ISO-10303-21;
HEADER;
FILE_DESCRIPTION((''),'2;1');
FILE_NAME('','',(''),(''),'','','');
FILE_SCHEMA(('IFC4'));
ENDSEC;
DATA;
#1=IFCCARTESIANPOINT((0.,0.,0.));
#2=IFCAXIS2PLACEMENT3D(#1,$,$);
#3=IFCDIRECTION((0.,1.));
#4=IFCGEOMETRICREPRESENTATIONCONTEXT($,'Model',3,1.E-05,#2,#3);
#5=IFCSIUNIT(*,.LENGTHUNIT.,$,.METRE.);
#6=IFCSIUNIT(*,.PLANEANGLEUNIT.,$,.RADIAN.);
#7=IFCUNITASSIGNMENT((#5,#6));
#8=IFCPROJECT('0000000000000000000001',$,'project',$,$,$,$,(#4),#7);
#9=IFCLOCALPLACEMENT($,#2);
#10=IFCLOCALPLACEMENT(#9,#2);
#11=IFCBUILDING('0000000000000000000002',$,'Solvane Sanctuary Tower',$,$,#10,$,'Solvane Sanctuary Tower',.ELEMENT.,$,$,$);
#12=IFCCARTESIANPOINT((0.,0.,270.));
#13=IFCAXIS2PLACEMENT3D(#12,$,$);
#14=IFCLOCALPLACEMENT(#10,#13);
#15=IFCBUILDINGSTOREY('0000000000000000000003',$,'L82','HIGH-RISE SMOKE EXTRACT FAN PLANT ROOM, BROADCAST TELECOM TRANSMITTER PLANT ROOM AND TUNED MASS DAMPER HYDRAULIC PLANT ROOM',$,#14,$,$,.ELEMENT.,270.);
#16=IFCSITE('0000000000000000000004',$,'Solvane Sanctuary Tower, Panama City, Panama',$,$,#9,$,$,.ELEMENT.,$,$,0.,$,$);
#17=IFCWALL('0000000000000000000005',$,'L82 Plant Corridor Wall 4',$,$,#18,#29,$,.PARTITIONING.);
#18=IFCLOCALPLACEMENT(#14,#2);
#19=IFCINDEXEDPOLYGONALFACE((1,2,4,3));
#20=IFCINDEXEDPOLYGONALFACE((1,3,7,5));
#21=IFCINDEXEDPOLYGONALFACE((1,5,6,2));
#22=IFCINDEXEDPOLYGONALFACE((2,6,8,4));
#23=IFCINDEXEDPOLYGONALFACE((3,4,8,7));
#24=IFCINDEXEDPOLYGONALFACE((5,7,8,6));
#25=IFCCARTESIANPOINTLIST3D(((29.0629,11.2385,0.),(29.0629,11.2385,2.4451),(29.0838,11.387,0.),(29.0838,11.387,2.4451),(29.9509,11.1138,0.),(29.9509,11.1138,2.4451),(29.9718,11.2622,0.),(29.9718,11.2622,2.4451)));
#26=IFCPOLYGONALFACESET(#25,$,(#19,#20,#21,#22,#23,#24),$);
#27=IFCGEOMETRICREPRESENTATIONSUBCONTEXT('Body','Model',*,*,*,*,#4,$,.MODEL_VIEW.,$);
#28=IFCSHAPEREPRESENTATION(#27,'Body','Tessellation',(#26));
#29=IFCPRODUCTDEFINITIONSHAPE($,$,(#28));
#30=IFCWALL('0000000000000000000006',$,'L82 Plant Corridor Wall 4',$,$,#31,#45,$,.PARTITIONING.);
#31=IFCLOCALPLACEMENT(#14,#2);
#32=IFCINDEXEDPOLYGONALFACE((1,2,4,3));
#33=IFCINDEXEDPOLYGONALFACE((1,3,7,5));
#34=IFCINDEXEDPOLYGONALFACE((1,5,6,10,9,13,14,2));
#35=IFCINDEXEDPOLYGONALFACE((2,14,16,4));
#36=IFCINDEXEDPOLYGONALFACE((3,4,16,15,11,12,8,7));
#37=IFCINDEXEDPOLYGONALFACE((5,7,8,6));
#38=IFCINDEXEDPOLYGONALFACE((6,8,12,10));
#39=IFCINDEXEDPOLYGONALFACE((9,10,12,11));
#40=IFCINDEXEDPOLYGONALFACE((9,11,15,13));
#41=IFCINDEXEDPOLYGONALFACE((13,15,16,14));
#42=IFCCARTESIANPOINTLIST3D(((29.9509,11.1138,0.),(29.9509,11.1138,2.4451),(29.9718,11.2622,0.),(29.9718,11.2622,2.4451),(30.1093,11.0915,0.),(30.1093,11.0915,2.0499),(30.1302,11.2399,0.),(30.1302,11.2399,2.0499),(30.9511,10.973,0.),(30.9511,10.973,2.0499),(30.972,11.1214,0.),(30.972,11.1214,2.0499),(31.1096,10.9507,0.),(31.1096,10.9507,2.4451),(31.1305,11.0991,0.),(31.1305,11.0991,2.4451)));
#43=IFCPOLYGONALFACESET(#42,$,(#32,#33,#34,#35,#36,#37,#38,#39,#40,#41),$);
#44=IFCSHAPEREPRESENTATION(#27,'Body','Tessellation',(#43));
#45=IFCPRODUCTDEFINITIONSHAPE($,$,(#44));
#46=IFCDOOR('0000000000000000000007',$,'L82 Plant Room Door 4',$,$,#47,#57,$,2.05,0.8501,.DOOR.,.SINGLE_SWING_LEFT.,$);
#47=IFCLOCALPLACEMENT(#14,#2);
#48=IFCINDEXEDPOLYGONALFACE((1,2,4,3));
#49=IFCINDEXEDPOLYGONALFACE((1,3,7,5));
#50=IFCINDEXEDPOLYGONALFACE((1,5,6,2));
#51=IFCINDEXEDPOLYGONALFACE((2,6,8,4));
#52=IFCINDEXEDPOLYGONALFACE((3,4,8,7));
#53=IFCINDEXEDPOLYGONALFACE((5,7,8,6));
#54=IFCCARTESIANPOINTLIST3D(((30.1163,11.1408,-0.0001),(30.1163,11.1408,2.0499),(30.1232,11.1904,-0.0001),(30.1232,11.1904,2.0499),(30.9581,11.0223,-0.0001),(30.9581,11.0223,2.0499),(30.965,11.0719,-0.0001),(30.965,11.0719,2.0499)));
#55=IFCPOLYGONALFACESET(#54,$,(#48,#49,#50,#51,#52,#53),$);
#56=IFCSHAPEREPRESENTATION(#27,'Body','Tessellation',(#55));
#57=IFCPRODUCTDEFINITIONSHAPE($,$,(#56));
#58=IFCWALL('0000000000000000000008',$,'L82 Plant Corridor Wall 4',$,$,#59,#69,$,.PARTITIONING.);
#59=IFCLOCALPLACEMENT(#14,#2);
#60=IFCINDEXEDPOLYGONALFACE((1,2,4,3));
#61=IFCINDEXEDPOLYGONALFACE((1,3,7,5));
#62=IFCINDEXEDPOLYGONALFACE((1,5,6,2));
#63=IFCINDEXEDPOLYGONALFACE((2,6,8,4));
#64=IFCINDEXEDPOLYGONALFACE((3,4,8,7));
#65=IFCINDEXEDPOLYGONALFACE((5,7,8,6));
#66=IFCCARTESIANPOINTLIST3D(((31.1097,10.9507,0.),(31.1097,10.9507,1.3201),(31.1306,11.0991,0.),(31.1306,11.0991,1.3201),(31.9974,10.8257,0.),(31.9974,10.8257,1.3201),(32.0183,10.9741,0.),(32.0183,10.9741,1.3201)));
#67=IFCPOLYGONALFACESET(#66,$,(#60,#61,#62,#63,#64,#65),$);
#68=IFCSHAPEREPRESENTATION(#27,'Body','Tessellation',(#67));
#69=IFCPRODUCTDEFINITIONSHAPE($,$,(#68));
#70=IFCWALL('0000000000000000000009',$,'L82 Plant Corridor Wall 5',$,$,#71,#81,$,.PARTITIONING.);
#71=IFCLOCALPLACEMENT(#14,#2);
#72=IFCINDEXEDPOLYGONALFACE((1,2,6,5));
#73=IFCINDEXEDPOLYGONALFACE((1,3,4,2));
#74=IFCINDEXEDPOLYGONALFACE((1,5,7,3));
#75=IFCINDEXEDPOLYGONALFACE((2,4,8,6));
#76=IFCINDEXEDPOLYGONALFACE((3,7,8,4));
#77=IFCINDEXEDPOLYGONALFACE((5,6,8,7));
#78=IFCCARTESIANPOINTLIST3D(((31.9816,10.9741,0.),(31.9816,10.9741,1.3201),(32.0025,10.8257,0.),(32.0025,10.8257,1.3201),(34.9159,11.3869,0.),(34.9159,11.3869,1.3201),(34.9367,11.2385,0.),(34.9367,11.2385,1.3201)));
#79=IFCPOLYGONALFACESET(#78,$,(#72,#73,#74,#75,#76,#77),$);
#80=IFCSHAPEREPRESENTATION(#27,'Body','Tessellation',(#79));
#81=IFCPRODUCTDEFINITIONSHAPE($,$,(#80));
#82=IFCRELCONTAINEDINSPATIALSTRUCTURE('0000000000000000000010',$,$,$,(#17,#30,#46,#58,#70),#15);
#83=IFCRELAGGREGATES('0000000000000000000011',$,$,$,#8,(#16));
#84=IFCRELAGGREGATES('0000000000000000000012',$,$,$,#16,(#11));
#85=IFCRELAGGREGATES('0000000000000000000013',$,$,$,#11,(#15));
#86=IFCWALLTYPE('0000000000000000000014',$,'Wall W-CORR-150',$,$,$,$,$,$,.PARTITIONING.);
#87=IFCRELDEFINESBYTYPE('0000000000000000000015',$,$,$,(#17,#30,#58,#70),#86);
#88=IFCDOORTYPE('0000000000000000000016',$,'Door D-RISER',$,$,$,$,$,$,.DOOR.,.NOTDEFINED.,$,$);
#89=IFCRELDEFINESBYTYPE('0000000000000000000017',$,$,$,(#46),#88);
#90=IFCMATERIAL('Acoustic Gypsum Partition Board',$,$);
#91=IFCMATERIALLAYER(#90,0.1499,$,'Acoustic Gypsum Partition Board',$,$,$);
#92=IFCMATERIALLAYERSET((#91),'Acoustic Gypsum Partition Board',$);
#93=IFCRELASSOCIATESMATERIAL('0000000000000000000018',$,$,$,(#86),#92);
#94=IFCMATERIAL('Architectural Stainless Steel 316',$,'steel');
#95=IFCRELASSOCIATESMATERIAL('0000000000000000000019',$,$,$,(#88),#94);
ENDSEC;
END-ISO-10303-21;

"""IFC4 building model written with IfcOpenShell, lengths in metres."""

from ifc_helpers import new_model, si_unit, direction, frame, frame_2d, origin, place, context, subcontext, project, spatial, rectangle, extrude, material, layer, layer_set, type_object, element, fill, save


model = new_model("IFC4")

# Units and contexts
model_context = context("Model", 3, precision=1e-05, world=origin(), true_north=direction((0.0, 1.0)))
body_context = subcontext(model_context, "Body", "Model", "MODEL_VIEW")
ifc_project = project(units=[si_unit("LENGTHUNIT", "METRE"), si_unit("PLANEANGLEUNIT", "RADIAN")], contexts=[model_context])

# Site, building, storey
site_placement = place(None, origin())
site = spatial("IfcSite", under=ifc_project, at=site_placement, Name="Solvane Sanctuary Tower, Panama City, Panama", CompositionType="ELEMENT", RefElevation=0.0)
building_placement = place(site_placement, origin())
building = spatial("IfcBuilding", under=site, at=building_placement, Name="Solvane Sanctuary Tower", LongName="Solvane Sanctuary Tower", CompositionType="ELEMENT")
storey_placement = place(building_placement, frame((0.0, 0.0, 270.0)))
storey = spatial("IfcBuildingStorey", under=building, at=storey_placement, Name="L82", Description="HIGH-RISE SMOKE EXTRACT FAN PLANT ROOM, BROADCAST TELECOM TRANSMITTER PLANT ROOM AND TUNED MASS DAMPER HYDRAULIC PLANT ROOM", CompositionType="ELEMENT", Elevation=270.0)

# Wall
ifc_material_1 = material(Name="Acoustic Gypsum Partition Board")
ifc_layer_1 = layer(ifc_material_1, 0.1499, Name="Acoustic Gypsum Partition Board")
ifc_layer_set_1 = layer_set([ifc_layer_1], Name="Acoustic Gypsum Partition Board")
wall_type = type_object("IfcWallType", Name="Wall W-CORR-150", PredefinedType="PARTITIONING", material=ifc_layer_set_1)
wall_1_placement = place(storey_placement, frame((29.0735, 11.3127, 0.0), z_axis=(0.0, 0.0, 1.0), x_axis=(0.990274, -0.139134, 0.0)))
element("IfcWall", 1, at=wall_1_placement, inside=storey, type_object=wall_type, Name="L82 Plant Corridor Wall 4", PredefinedType="PARTITIONING", context=body_context, shape_type="SweptSolid", body=[
    extrude(rectangle(XDim=0.8967, YDim=0.1499, at=frame_2d((0.4482, 0.0))), origin(), (0.0, 0.0, 1.0), 2.4451),
])

# Wall, opening, door
wall_2_placement = place(storey_placement, frame((29.9614, 11.188, 0.0), z_axis=(0.0, 0.0, 1.0), x_axis=(0.990239, -0.139376, 0.0)))
wall_2 = element("IfcWall", 2, at=wall_2_placement, inside=storey, type_object=wall_type, Name="L82 Plant Corridor Wall 4", PredefinedType="PARTITIONING", context=body_context, shape_type="SweptSolid", body=[
    extrude(rectangle(XDim=1.1702, YDim=0.1499, at=frame_2d((0.585, 0.0))), origin(), (0.0, 0.0, 1.0), 2.4451),
])
opening_placement = place(wall_2_placement, frame((0.1599, 0.0, 0.0)))
opening = element("IfcOpeningElement", 3, at=opening_placement, cuts=wall_2, PredefinedType="OPENING", context=body_context, shape_type="SweptSolid", body=[
    extrude(rectangle(XDim=0.8501, YDim=2.05, at=frame_2d((0.425, 1.0249))), frame((0.0, 0.085, 0.0), z_axis=(0.0, -1.0, 0.0), x_axis=(1.0, 0.0, 0.0)), (0.0, 0.0, 1.0), 0.1699),
])
ifc_material_2 = material(Name="Architectural Stainless Steel 316", Category="steel")
door_type = type_object("IfcDoorType", Name="Door D-RISER", OperationType="NOTDEFINED", PredefinedType="DOOR", material=ifc_material_2)
door_placement = place(opening_placement, origin())
door = element("IfcDoor", 4, at=door_placement, inside=storey, type_object=door_type, Name="L82 Plant Room Door 4", OperationType="SINGLE_SWING_LEFT", OverallHeight=2.05, OverallWidth=0.8501, PredefinedType="DOOR", context=body_context, shape_type="SweptSolid", body=[
    extrude(rectangle(XDim=0.8501, YDim=2.05, at=frame_2d((0.425, 1.0249))), frame((0.0, 0.0249, 0.0), z_axis=(0.0, -1.0, 0.0), x_axis=(1.0, 0.0, 0.0)), (0.0, 0.0, 1.0), 0.05),
])
fill(opening, door)

# Walls
wall_3_placement = place(storey_placement, frame((31.1201, 11.0249, 0.0), z_axis=(0.0, 0.0, 1.0), x_axis=(0.990231, -0.139438, 0.0)))
element("IfcWall", 5, at=wall_3_placement, inside=storey, type_object=wall_type, Name="L82 Plant Corridor Wall 4", PredefinedType="PARTITIONING", context=body_context, shape_type="SweptSolid", body=[
    extrude(rectangle(XDim=0.8965, YDim=0.1499, at=frame_2d((0.4482, 0.0))), origin(), (0.0, 0.0, 1.0), 1.3201),
])
wall_4_placement = place(storey_placement, frame((31.9922, 10.8999, 0.0), z_axis=(0.0, 0.0, 1.0), x_axis=(0.990247, 0.139322, 0.0)))
element("IfcWall", 6, at=wall_4_placement, inside=storey, type_object=wall_type, Name="L82 Plant Corridor Wall 5", PredefinedType="PARTITIONING", context=body_context, shape_type="SweptSolid", body=[
    extrude(rectangle(XDim=2.9631, YDim=0.1499, at=frame_2d((1.4814, 0.0))), origin(), (0.0, 0.0, 1.0), 1.3201),
])

save(model, "model.ifc")
